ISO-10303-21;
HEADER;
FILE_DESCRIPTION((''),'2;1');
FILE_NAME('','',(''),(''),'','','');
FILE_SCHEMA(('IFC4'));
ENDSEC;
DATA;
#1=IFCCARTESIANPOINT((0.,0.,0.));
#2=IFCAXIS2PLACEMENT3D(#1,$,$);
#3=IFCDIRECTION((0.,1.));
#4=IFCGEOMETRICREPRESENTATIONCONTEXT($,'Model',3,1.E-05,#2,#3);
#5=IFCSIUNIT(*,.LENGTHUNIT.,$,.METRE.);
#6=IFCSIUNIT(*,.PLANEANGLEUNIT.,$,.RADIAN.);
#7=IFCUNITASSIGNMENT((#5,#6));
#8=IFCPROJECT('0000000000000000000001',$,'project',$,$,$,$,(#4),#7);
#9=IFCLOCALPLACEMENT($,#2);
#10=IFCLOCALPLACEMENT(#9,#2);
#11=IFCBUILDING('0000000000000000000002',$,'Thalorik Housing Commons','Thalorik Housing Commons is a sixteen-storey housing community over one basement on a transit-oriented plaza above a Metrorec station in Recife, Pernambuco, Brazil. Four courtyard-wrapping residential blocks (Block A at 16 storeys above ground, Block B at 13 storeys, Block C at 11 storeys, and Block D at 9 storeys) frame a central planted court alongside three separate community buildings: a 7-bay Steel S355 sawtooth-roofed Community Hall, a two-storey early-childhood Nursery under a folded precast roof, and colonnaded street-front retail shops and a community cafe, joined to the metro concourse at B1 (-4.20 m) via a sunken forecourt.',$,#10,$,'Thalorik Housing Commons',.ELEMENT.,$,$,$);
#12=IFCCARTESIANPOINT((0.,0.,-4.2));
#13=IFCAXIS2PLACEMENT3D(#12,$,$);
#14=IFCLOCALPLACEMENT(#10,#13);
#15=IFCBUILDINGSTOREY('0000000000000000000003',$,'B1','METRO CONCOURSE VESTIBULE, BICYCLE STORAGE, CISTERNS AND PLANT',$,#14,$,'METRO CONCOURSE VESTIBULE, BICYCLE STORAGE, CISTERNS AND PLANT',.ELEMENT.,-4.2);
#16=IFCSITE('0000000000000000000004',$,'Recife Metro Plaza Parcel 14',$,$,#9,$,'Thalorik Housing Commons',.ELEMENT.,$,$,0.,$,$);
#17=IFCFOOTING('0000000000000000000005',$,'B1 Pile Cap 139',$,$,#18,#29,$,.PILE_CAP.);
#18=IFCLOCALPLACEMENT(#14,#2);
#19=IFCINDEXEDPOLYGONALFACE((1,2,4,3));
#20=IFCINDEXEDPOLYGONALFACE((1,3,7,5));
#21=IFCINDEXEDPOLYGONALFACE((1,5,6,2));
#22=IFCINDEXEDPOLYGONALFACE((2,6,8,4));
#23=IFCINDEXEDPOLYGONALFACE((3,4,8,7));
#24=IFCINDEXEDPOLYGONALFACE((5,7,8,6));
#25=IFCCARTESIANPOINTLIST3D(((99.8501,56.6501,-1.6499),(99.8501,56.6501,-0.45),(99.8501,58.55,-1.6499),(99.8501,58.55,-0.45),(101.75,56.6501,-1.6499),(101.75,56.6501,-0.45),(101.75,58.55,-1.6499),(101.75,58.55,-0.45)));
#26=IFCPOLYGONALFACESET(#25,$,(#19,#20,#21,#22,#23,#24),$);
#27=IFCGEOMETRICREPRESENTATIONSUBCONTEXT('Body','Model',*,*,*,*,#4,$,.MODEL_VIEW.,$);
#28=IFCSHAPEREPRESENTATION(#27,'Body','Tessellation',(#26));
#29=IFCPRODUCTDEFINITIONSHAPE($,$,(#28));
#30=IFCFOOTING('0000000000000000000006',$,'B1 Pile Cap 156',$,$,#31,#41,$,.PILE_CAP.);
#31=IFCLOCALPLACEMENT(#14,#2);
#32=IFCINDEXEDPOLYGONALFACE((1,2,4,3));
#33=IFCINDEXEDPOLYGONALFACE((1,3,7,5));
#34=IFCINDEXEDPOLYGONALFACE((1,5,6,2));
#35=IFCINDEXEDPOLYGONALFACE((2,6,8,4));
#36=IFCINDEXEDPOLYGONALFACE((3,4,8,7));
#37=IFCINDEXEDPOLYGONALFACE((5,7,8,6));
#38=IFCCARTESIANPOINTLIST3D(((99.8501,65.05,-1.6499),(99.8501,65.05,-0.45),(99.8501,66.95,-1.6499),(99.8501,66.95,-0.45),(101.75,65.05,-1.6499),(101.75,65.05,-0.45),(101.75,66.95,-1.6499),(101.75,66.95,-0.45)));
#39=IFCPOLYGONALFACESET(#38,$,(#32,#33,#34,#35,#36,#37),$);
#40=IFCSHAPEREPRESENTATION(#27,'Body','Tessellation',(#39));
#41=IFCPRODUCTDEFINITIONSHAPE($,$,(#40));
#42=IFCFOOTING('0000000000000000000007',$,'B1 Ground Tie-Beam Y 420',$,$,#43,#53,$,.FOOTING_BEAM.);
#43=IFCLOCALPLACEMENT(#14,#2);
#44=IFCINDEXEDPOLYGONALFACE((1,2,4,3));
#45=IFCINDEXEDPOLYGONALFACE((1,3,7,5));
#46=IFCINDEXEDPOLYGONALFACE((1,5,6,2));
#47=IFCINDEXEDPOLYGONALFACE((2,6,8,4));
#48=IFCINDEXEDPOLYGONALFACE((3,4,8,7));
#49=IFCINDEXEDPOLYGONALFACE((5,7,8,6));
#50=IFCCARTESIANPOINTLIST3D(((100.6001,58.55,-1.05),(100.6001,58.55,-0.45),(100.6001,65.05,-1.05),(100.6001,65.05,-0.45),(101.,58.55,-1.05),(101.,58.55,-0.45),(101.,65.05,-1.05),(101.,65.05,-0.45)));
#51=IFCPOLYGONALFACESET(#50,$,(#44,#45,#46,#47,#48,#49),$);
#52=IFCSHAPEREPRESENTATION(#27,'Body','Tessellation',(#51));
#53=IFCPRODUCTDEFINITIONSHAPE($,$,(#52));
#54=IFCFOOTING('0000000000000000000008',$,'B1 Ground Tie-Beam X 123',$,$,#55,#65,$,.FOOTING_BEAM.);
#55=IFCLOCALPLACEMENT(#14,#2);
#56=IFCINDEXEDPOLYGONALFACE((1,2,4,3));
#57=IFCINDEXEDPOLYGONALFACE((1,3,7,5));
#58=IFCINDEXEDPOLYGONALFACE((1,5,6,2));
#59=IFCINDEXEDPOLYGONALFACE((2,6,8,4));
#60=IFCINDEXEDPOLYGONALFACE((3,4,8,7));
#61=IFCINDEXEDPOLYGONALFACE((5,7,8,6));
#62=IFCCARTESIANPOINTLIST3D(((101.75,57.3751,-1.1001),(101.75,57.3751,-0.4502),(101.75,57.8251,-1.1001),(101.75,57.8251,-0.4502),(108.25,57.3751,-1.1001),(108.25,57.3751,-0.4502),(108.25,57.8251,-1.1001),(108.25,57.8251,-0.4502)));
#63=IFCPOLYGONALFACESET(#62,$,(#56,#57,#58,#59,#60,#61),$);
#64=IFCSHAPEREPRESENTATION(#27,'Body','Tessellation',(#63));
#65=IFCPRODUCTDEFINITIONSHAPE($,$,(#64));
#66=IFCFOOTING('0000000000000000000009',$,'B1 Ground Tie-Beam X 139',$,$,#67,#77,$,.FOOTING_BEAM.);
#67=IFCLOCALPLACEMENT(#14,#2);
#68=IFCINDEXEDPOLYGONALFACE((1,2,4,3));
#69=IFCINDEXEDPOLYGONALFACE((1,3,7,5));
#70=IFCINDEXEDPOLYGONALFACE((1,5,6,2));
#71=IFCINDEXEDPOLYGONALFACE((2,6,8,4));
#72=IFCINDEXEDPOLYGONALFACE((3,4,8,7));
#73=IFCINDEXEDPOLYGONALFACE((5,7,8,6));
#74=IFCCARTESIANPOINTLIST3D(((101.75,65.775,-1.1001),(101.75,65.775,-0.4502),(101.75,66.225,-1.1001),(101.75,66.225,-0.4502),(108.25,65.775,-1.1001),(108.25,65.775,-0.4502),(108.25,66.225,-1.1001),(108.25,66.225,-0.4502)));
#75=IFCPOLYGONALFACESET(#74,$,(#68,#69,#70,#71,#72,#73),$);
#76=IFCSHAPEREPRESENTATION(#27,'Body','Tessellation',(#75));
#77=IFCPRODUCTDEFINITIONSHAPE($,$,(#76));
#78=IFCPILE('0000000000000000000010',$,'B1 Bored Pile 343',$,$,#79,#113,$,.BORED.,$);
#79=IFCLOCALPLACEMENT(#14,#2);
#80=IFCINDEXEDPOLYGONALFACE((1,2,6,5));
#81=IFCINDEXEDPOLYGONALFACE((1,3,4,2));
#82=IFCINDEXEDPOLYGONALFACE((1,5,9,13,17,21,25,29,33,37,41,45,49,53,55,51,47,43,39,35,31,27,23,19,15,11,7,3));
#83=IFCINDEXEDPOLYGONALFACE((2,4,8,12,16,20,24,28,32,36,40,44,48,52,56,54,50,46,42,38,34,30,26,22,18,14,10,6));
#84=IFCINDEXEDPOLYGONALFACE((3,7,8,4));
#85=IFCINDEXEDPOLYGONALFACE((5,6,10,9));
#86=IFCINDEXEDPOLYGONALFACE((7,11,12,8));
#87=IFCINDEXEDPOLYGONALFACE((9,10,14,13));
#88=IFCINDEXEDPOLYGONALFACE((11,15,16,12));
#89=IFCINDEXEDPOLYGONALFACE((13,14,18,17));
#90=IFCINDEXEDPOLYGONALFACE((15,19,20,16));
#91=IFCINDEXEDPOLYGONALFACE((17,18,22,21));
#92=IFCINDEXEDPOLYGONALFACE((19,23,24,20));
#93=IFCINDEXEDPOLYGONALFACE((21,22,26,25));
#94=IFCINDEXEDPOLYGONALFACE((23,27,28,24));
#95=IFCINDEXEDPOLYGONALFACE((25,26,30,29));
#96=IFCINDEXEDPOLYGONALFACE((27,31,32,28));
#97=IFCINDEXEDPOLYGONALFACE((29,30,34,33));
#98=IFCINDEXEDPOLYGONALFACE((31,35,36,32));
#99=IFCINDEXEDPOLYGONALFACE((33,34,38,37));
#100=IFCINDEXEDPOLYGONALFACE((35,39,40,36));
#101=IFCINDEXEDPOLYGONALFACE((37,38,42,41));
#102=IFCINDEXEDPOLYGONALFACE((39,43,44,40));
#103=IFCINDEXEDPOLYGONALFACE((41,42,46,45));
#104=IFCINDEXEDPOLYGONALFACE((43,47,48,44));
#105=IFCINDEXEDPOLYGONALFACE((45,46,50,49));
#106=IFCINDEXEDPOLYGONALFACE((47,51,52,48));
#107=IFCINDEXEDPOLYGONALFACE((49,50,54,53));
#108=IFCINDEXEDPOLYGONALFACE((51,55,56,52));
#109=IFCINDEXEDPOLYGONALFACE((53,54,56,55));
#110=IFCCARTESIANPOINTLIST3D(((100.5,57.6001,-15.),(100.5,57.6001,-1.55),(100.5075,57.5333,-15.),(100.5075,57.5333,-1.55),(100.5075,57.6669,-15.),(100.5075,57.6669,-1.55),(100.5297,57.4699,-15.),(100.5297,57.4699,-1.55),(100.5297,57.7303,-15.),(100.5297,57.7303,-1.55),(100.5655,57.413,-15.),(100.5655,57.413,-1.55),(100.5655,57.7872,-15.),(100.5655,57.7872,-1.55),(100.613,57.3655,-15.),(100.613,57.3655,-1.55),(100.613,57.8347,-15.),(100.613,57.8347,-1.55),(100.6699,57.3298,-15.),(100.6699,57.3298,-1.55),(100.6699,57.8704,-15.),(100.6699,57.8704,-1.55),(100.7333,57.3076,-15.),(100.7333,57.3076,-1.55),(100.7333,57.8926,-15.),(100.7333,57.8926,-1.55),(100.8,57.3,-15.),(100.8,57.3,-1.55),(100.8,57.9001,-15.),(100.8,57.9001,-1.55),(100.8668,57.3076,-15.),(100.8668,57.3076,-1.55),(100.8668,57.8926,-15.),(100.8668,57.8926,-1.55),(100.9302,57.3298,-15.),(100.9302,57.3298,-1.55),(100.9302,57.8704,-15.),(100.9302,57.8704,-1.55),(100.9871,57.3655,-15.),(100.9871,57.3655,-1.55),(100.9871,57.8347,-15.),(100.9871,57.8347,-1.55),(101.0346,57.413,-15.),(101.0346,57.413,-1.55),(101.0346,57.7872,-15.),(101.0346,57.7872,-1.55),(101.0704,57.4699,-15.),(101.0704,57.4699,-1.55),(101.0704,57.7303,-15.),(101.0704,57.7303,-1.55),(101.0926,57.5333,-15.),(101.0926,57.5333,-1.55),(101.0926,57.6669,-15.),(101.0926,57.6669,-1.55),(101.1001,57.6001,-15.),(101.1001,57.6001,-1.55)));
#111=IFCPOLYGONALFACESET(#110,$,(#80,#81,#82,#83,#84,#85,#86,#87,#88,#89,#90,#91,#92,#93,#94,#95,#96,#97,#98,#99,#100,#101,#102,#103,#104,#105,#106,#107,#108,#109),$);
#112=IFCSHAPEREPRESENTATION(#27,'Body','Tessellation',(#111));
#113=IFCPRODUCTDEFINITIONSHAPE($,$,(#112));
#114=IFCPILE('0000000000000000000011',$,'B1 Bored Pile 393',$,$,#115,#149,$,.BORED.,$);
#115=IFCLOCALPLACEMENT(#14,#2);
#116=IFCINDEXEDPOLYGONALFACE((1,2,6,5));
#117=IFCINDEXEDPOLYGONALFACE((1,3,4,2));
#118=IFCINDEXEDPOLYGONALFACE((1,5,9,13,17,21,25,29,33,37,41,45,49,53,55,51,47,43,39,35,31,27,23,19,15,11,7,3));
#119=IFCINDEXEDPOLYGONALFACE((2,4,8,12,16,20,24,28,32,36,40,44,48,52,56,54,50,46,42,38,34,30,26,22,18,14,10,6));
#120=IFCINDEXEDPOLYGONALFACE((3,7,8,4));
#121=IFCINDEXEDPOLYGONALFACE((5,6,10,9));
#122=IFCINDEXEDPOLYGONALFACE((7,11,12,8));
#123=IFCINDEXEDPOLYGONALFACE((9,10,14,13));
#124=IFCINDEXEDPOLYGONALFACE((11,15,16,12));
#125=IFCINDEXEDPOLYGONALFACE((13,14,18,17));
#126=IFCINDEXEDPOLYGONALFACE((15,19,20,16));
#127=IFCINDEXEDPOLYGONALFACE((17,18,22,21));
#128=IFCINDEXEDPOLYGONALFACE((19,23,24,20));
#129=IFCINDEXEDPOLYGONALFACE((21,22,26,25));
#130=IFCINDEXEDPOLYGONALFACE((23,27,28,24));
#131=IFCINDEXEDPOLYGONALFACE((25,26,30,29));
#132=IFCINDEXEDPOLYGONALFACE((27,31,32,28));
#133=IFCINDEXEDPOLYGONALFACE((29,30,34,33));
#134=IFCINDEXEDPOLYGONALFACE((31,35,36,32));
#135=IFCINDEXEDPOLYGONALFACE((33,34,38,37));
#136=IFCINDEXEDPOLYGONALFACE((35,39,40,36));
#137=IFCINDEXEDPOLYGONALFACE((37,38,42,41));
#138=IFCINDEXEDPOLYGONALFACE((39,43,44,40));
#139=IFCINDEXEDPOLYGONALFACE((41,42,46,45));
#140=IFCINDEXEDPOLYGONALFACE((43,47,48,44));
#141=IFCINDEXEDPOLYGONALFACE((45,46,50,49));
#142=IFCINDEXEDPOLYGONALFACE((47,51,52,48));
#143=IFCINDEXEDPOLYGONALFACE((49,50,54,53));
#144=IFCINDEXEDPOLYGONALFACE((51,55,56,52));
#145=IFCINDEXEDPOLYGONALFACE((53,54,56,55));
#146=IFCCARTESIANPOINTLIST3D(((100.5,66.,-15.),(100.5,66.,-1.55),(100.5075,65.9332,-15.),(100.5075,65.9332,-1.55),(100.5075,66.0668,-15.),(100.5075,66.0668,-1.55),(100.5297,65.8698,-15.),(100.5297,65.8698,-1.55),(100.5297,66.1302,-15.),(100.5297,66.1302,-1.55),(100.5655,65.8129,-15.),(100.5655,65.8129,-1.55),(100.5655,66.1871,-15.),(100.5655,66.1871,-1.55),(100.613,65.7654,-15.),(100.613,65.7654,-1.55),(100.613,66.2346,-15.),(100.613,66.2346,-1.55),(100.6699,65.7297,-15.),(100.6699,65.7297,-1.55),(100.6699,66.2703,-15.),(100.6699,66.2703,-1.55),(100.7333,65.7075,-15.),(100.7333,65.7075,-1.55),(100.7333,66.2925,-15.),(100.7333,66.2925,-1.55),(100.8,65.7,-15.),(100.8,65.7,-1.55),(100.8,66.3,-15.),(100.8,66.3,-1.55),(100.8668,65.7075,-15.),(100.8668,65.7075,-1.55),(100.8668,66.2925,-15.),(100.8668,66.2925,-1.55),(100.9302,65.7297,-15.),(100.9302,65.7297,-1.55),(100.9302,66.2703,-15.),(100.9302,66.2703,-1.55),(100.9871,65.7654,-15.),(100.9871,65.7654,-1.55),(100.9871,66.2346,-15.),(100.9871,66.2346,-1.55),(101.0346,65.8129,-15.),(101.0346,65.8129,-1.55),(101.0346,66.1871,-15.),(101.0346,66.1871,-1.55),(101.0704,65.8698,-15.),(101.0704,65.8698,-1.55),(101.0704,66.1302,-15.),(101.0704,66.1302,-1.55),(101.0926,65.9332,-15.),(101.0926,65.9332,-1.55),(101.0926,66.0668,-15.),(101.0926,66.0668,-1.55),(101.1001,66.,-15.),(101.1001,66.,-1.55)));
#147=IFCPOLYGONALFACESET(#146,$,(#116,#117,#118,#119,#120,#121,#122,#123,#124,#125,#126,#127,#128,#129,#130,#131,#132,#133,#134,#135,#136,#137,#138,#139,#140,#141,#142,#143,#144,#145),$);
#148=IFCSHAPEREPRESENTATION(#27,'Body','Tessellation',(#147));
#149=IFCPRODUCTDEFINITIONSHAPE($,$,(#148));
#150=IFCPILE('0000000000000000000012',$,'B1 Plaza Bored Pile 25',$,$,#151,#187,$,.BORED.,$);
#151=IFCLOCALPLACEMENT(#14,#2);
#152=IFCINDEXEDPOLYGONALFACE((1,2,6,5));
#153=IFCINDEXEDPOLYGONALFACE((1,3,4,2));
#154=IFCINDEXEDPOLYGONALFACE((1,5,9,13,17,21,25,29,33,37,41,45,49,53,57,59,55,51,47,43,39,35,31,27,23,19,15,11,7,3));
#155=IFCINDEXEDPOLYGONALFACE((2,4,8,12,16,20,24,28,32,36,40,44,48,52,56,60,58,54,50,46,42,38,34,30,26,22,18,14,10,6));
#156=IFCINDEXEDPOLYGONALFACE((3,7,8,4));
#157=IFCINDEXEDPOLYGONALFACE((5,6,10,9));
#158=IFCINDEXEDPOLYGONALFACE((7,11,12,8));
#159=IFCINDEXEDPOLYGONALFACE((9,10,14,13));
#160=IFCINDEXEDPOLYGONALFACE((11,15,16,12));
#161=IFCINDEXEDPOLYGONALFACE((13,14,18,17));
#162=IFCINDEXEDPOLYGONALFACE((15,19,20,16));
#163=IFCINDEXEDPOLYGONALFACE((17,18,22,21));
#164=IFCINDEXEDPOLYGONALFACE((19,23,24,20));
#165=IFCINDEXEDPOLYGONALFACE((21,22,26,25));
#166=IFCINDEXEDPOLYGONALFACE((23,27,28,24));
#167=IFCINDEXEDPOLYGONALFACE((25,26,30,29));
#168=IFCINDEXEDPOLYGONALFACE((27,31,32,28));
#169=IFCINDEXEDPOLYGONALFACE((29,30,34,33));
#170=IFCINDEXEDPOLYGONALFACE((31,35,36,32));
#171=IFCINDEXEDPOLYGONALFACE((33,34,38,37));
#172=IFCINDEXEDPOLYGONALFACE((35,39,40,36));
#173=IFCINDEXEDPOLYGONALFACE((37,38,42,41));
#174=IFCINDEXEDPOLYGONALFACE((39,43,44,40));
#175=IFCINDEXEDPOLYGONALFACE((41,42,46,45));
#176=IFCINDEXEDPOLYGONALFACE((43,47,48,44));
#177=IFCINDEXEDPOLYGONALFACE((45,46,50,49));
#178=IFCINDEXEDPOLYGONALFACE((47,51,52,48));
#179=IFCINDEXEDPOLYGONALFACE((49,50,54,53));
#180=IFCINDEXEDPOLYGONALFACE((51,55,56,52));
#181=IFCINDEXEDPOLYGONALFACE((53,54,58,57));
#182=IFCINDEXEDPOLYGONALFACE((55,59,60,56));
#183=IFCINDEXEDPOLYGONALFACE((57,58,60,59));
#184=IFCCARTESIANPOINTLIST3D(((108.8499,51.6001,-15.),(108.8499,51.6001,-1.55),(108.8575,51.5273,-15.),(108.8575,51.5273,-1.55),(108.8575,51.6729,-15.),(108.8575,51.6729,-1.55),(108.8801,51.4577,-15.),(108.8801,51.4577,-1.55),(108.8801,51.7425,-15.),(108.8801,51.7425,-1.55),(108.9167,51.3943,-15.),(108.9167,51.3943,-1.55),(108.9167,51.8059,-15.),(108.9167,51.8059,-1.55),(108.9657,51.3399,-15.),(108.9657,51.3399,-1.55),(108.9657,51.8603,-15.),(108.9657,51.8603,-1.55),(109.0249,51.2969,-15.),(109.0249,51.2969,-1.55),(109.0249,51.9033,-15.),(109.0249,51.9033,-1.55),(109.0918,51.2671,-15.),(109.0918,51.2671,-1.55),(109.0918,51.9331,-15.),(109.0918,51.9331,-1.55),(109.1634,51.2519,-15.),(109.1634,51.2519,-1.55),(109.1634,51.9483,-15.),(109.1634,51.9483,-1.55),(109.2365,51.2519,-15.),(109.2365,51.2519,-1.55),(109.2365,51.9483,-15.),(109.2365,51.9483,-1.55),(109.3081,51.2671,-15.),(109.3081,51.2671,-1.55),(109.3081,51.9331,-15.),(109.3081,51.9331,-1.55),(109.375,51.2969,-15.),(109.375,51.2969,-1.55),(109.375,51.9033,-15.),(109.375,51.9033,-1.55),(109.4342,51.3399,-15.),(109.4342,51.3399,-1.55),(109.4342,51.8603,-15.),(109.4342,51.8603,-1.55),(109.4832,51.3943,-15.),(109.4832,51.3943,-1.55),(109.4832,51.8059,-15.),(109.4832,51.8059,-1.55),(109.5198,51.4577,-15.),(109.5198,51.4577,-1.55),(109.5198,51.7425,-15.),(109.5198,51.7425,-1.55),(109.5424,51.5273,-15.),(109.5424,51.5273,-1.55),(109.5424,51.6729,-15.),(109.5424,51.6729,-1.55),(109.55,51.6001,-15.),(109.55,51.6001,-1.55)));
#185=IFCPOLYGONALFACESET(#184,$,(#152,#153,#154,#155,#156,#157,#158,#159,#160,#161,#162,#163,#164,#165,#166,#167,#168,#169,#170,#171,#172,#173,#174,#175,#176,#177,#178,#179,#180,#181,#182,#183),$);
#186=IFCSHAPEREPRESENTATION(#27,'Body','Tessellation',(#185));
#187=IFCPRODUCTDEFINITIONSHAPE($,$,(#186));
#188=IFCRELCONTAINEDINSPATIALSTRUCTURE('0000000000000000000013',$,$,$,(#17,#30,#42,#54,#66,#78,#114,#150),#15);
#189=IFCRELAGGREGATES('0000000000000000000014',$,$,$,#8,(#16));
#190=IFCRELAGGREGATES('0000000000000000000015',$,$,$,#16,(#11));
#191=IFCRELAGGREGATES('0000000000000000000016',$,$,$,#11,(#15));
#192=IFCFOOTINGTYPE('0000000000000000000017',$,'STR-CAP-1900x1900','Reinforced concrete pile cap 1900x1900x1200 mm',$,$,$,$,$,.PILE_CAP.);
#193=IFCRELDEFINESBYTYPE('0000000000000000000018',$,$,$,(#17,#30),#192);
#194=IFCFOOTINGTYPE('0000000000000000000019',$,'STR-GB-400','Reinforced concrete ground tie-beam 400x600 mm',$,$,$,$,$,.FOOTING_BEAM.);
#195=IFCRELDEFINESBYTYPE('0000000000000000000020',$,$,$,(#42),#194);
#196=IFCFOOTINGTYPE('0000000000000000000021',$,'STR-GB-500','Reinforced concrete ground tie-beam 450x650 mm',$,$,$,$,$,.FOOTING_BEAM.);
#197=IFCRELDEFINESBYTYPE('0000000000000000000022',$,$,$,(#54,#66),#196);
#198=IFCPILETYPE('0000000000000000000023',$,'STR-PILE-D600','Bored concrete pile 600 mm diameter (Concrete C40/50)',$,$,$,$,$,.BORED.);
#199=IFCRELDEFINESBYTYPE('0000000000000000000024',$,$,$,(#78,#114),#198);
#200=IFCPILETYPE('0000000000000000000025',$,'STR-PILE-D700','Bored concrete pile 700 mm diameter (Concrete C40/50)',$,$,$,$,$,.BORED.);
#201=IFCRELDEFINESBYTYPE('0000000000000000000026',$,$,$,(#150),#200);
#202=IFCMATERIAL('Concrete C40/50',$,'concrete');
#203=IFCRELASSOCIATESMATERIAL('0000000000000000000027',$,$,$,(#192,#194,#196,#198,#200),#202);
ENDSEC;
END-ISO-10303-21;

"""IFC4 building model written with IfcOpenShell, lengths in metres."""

from ifc_helpers import new_model, si_unit, direction, frame, origin, origin_2d, place, context, subcontext, project, spatial, rectangle, circle, extrude, material, material_profile, profile_set, type_object, element, save


model = new_model("IFC4")

# Units and contexts
model_context = context("Model", 3, precision=1e-05, world=origin(), true_north=direction((0.0, 1.0)))
body_context = subcontext(model_context, "Body", "Model", "MODEL_VIEW")
ifc_project = project(units=[si_unit("LENGTHUNIT", "METRE"), si_unit("PLANEANGLEUNIT", "RADIAN")], contexts=[model_context])

# Site, building, storey
site_placement = place(None, origin())
site = spatial("IfcSite", under=ifc_project, at=site_placement, Name="Recife Metro Plaza Parcel 14", LongName="Thalorik Housing Commons", CompositionType="ELEMENT", RefElevation=0.0)
building_placement = place(site_placement, origin())
building = spatial("IfcBuilding", under=site, at=building_placement, Name="Thalorik Housing Commons", Description="Thalorik Housing Commons is a sixteen-storey housing community over one basement on a transit-oriented plaza above a Metrorec station in Recife, Pernambuco, Brazil. Four courtyard-wrapping residential blocks (Block A at 16 storeys above ground, Block B at 13 storeys, Block C at 11 storeys, and Block D at 9 storeys) frame a central planted court alongside three separate community buildings: a 7-bay Steel S355 sawtooth-roofed Community Hall, a two-storey early-childhood Nursery under a folded precast roof, and colonnaded street-front retail shops and a community cafe, joined to the metro concourse at B1 (-4.20 m) via a sunken forecourt.", LongName="Thalorik Housing Commons", CompositionType="ELEMENT")
storey_placement = place(building_placement, frame((0.0, 0.0, -4.2)))
storey = spatial("IfcBuildingStorey", under=building, at=storey_placement, Name="B1", Description="METRO CONCOURSE VESTIBULE, BICYCLE STORAGE, CISTERNS AND PLANT", LongName="METRO CONCOURSE VESTIBULE, BICYCLE STORAGE, CISTERNS AND PLANT", CompositionType="ELEMENT", Elevation=-4.2)

# Footings
ifc_material_1 = material(Name="Concrete C40/50", Category="concrete")
footing_type_1 = type_object("IfcFootingType", Name="STR-CAP-1900x1900", Description="Reinforced concrete pile cap 1900x1900x1200 mm", PredefinedType="PILE_CAP", material=ifc_material_1)
for number, where, z_axis, x_axis, name in (
    (1, (100.8, 57.6001, -1.6499), (0.0, 0.0, 1.0), (1.0, 0.0, 0.0), "B1 Pile Cap 139"),
    (2, (100.8, 66.0, -1.6499), (0.0, 0.0, 1.0), (1.0, 0.0, 0.0), "B1 Pile Cap 156"),
):
    element("IfcFooting", number, at=place(storey_placement, frame(where, z_axis=z_axis, x_axis=x_axis)), inside=storey, type_object=footing_type_1, Name=name, PredefinedType="PILE_CAP", context=body_context, shape_type="SweptSolid", body=[
        extrude(rectangle(XDim=1.8999, YDim=1.8999, at=origin_2d()), origin(), (0.0, 0.0, 1.0), 1.2),
    ])
ifc_material_profile_1 = material_profile(ifc_material_1, rectangle(XDim=0.3999, YDim=0.6001, at=origin_2d()), Name="RC 400x600", Category="concrete")
ifc_profile_set_1 = profile_set([ifc_material_profile_1], Name="Concrete C40/50")
footing_type_2 = type_object("IfcFootingType", Name="STR-GB-400", Description="Reinforced concrete ground tie-beam 400x600 mm", PredefinedType="FOOTING_BEAM", material=ifc_profile_set_1)
footing_placement = place(storey_placement, frame((100.8, 58.55, -0.75), z_axis=(0.0, 1.0, 0.0), x_axis=(-1.0, 0.0, 0.0)))
element("IfcFooting", 3, at=footing_placement, inside=storey, type_object=footing_type_2, Name="B1 Ground Tie-Beam Y 420", PredefinedType="FOOTING_BEAM", context=body_context, shape_type="SweptSolid", body=[
    extrude(rectangle(XDim=0.3999, YDim=0.6001, at=origin_2d()), origin(), (0.0, 0.0, 1.0), 6.5),
])
ifc_material_profile_2 = material_profile(ifc_material_1, rectangle(XDim=0.45, YDim=0.6499, at=origin_2d()), Name="RC 450x650", Category="concrete")
ifc_profile_set_2 = profile_set([ifc_material_profile_2], Name="Concrete C40/50")
footing_type_3 = type_object("IfcFootingType", Name="STR-GB-500", Description="Reinforced concrete ground tie-beam 450x650 mm", PredefinedType="FOOTING_BEAM", material=ifc_profile_set_2)
for number, where, z_axis, x_axis, name in (
    (4, (101.75, 57.6001, -0.7751), (1.0, 0.0, 0.0), (0.0, 1.0, 0.0), "B1 Ground Tie-Beam X 123"),
    (5, (101.75, 66.0, -0.7751), (1.0, 0.0, 0.0), (0.0, 1.0, 0.0), "B1 Ground Tie-Beam X 139"),
):
    element("IfcFooting", number, at=place(storey_placement, frame(where, z_axis=z_axis, x_axis=x_axis)), inside=storey, type_object=footing_type_3, Name=name, PredefinedType="FOOTING_BEAM", context=body_context, shape_type="SweptSolid", body=[
        extrude(rectangle(XDim=0.45, YDim=0.6499, at=origin_2d()), origin(), (0.0, 0.0, 1.0), 6.5),
    ])

# Piles
ifc_material_profile_3 = material_profile(ifc_material_1, circle(Radius=0.3, at=origin_2d()), Name="BORED PILE D600", Category="concrete")
ifc_profile_set_3 = profile_set([ifc_material_profile_3], Name="Concrete C40/50")
pile_type_1 = type_object("IfcPileType", Name="STR-PILE-D600", Description="Bored concrete pile 600 mm diameter (Concrete C40/50)", PredefinedType="BORED", material=ifc_profile_set_3)
for number, where, z_axis, x_axis, name in (
    (6, (100.8, 57.6001, -1.55), (0.0, 0.0, -1.0), (1.0, 0.0, 0.0), "B1 Bored Pile 343"),
    (7, (100.8, 66.0, -1.55), (0.0, 0.0, -1.0), (1.0, 0.0, 0.0), "B1 Bored Pile 393"),
):
    element("IfcPile", number, at=place(storey_placement, frame(where, z_axis=z_axis, x_axis=x_axis)), inside=storey, type_object=pile_type_1, Name=name, PredefinedType="BORED", context=body_context, shape_type="SweptSolid", body=[
        extrude(circle(Radius=0.3, at=origin_2d()), origin(), (0.0, 0.0, 1.0), 13.45),
    ])
ifc_material_profile_4 = material_profile(ifc_material_1, circle(Radius=0.3501, at=origin_2d()), Name="BORED PILE D700", Category="concrete")
ifc_profile_set_4 = profile_set([ifc_material_profile_4], Name="Concrete C40/50")
pile_type_2 = type_object("IfcPileType", Name="STR-PILE-D700", Description="Bored concrete pile 700 mm diameter (Concrete C40/50)", PredefinedType="BORED", material=ifc_profile_set_4)
pile_placement = place(storey_placement, frame((109.2, 51.6001, -1.55), z_axis=(0.0, 0.0, -1.0), x_axis=(1.0, 0.0, 0.0)))
element("IfcPile", 8, at=pile_placement, inside=storey, type_object=pile_type_2, Name="B1 Plaza Bored Pile 25", PredefinedType="BORED", context=body_context, shape_type="SweptSolid", body=[
    extrude(circle(Radius=0.3501, at=origin_2d()), origin(), (0.0, 0.0, 1.0), 13.45),
])

save(model, "model.ifc")
